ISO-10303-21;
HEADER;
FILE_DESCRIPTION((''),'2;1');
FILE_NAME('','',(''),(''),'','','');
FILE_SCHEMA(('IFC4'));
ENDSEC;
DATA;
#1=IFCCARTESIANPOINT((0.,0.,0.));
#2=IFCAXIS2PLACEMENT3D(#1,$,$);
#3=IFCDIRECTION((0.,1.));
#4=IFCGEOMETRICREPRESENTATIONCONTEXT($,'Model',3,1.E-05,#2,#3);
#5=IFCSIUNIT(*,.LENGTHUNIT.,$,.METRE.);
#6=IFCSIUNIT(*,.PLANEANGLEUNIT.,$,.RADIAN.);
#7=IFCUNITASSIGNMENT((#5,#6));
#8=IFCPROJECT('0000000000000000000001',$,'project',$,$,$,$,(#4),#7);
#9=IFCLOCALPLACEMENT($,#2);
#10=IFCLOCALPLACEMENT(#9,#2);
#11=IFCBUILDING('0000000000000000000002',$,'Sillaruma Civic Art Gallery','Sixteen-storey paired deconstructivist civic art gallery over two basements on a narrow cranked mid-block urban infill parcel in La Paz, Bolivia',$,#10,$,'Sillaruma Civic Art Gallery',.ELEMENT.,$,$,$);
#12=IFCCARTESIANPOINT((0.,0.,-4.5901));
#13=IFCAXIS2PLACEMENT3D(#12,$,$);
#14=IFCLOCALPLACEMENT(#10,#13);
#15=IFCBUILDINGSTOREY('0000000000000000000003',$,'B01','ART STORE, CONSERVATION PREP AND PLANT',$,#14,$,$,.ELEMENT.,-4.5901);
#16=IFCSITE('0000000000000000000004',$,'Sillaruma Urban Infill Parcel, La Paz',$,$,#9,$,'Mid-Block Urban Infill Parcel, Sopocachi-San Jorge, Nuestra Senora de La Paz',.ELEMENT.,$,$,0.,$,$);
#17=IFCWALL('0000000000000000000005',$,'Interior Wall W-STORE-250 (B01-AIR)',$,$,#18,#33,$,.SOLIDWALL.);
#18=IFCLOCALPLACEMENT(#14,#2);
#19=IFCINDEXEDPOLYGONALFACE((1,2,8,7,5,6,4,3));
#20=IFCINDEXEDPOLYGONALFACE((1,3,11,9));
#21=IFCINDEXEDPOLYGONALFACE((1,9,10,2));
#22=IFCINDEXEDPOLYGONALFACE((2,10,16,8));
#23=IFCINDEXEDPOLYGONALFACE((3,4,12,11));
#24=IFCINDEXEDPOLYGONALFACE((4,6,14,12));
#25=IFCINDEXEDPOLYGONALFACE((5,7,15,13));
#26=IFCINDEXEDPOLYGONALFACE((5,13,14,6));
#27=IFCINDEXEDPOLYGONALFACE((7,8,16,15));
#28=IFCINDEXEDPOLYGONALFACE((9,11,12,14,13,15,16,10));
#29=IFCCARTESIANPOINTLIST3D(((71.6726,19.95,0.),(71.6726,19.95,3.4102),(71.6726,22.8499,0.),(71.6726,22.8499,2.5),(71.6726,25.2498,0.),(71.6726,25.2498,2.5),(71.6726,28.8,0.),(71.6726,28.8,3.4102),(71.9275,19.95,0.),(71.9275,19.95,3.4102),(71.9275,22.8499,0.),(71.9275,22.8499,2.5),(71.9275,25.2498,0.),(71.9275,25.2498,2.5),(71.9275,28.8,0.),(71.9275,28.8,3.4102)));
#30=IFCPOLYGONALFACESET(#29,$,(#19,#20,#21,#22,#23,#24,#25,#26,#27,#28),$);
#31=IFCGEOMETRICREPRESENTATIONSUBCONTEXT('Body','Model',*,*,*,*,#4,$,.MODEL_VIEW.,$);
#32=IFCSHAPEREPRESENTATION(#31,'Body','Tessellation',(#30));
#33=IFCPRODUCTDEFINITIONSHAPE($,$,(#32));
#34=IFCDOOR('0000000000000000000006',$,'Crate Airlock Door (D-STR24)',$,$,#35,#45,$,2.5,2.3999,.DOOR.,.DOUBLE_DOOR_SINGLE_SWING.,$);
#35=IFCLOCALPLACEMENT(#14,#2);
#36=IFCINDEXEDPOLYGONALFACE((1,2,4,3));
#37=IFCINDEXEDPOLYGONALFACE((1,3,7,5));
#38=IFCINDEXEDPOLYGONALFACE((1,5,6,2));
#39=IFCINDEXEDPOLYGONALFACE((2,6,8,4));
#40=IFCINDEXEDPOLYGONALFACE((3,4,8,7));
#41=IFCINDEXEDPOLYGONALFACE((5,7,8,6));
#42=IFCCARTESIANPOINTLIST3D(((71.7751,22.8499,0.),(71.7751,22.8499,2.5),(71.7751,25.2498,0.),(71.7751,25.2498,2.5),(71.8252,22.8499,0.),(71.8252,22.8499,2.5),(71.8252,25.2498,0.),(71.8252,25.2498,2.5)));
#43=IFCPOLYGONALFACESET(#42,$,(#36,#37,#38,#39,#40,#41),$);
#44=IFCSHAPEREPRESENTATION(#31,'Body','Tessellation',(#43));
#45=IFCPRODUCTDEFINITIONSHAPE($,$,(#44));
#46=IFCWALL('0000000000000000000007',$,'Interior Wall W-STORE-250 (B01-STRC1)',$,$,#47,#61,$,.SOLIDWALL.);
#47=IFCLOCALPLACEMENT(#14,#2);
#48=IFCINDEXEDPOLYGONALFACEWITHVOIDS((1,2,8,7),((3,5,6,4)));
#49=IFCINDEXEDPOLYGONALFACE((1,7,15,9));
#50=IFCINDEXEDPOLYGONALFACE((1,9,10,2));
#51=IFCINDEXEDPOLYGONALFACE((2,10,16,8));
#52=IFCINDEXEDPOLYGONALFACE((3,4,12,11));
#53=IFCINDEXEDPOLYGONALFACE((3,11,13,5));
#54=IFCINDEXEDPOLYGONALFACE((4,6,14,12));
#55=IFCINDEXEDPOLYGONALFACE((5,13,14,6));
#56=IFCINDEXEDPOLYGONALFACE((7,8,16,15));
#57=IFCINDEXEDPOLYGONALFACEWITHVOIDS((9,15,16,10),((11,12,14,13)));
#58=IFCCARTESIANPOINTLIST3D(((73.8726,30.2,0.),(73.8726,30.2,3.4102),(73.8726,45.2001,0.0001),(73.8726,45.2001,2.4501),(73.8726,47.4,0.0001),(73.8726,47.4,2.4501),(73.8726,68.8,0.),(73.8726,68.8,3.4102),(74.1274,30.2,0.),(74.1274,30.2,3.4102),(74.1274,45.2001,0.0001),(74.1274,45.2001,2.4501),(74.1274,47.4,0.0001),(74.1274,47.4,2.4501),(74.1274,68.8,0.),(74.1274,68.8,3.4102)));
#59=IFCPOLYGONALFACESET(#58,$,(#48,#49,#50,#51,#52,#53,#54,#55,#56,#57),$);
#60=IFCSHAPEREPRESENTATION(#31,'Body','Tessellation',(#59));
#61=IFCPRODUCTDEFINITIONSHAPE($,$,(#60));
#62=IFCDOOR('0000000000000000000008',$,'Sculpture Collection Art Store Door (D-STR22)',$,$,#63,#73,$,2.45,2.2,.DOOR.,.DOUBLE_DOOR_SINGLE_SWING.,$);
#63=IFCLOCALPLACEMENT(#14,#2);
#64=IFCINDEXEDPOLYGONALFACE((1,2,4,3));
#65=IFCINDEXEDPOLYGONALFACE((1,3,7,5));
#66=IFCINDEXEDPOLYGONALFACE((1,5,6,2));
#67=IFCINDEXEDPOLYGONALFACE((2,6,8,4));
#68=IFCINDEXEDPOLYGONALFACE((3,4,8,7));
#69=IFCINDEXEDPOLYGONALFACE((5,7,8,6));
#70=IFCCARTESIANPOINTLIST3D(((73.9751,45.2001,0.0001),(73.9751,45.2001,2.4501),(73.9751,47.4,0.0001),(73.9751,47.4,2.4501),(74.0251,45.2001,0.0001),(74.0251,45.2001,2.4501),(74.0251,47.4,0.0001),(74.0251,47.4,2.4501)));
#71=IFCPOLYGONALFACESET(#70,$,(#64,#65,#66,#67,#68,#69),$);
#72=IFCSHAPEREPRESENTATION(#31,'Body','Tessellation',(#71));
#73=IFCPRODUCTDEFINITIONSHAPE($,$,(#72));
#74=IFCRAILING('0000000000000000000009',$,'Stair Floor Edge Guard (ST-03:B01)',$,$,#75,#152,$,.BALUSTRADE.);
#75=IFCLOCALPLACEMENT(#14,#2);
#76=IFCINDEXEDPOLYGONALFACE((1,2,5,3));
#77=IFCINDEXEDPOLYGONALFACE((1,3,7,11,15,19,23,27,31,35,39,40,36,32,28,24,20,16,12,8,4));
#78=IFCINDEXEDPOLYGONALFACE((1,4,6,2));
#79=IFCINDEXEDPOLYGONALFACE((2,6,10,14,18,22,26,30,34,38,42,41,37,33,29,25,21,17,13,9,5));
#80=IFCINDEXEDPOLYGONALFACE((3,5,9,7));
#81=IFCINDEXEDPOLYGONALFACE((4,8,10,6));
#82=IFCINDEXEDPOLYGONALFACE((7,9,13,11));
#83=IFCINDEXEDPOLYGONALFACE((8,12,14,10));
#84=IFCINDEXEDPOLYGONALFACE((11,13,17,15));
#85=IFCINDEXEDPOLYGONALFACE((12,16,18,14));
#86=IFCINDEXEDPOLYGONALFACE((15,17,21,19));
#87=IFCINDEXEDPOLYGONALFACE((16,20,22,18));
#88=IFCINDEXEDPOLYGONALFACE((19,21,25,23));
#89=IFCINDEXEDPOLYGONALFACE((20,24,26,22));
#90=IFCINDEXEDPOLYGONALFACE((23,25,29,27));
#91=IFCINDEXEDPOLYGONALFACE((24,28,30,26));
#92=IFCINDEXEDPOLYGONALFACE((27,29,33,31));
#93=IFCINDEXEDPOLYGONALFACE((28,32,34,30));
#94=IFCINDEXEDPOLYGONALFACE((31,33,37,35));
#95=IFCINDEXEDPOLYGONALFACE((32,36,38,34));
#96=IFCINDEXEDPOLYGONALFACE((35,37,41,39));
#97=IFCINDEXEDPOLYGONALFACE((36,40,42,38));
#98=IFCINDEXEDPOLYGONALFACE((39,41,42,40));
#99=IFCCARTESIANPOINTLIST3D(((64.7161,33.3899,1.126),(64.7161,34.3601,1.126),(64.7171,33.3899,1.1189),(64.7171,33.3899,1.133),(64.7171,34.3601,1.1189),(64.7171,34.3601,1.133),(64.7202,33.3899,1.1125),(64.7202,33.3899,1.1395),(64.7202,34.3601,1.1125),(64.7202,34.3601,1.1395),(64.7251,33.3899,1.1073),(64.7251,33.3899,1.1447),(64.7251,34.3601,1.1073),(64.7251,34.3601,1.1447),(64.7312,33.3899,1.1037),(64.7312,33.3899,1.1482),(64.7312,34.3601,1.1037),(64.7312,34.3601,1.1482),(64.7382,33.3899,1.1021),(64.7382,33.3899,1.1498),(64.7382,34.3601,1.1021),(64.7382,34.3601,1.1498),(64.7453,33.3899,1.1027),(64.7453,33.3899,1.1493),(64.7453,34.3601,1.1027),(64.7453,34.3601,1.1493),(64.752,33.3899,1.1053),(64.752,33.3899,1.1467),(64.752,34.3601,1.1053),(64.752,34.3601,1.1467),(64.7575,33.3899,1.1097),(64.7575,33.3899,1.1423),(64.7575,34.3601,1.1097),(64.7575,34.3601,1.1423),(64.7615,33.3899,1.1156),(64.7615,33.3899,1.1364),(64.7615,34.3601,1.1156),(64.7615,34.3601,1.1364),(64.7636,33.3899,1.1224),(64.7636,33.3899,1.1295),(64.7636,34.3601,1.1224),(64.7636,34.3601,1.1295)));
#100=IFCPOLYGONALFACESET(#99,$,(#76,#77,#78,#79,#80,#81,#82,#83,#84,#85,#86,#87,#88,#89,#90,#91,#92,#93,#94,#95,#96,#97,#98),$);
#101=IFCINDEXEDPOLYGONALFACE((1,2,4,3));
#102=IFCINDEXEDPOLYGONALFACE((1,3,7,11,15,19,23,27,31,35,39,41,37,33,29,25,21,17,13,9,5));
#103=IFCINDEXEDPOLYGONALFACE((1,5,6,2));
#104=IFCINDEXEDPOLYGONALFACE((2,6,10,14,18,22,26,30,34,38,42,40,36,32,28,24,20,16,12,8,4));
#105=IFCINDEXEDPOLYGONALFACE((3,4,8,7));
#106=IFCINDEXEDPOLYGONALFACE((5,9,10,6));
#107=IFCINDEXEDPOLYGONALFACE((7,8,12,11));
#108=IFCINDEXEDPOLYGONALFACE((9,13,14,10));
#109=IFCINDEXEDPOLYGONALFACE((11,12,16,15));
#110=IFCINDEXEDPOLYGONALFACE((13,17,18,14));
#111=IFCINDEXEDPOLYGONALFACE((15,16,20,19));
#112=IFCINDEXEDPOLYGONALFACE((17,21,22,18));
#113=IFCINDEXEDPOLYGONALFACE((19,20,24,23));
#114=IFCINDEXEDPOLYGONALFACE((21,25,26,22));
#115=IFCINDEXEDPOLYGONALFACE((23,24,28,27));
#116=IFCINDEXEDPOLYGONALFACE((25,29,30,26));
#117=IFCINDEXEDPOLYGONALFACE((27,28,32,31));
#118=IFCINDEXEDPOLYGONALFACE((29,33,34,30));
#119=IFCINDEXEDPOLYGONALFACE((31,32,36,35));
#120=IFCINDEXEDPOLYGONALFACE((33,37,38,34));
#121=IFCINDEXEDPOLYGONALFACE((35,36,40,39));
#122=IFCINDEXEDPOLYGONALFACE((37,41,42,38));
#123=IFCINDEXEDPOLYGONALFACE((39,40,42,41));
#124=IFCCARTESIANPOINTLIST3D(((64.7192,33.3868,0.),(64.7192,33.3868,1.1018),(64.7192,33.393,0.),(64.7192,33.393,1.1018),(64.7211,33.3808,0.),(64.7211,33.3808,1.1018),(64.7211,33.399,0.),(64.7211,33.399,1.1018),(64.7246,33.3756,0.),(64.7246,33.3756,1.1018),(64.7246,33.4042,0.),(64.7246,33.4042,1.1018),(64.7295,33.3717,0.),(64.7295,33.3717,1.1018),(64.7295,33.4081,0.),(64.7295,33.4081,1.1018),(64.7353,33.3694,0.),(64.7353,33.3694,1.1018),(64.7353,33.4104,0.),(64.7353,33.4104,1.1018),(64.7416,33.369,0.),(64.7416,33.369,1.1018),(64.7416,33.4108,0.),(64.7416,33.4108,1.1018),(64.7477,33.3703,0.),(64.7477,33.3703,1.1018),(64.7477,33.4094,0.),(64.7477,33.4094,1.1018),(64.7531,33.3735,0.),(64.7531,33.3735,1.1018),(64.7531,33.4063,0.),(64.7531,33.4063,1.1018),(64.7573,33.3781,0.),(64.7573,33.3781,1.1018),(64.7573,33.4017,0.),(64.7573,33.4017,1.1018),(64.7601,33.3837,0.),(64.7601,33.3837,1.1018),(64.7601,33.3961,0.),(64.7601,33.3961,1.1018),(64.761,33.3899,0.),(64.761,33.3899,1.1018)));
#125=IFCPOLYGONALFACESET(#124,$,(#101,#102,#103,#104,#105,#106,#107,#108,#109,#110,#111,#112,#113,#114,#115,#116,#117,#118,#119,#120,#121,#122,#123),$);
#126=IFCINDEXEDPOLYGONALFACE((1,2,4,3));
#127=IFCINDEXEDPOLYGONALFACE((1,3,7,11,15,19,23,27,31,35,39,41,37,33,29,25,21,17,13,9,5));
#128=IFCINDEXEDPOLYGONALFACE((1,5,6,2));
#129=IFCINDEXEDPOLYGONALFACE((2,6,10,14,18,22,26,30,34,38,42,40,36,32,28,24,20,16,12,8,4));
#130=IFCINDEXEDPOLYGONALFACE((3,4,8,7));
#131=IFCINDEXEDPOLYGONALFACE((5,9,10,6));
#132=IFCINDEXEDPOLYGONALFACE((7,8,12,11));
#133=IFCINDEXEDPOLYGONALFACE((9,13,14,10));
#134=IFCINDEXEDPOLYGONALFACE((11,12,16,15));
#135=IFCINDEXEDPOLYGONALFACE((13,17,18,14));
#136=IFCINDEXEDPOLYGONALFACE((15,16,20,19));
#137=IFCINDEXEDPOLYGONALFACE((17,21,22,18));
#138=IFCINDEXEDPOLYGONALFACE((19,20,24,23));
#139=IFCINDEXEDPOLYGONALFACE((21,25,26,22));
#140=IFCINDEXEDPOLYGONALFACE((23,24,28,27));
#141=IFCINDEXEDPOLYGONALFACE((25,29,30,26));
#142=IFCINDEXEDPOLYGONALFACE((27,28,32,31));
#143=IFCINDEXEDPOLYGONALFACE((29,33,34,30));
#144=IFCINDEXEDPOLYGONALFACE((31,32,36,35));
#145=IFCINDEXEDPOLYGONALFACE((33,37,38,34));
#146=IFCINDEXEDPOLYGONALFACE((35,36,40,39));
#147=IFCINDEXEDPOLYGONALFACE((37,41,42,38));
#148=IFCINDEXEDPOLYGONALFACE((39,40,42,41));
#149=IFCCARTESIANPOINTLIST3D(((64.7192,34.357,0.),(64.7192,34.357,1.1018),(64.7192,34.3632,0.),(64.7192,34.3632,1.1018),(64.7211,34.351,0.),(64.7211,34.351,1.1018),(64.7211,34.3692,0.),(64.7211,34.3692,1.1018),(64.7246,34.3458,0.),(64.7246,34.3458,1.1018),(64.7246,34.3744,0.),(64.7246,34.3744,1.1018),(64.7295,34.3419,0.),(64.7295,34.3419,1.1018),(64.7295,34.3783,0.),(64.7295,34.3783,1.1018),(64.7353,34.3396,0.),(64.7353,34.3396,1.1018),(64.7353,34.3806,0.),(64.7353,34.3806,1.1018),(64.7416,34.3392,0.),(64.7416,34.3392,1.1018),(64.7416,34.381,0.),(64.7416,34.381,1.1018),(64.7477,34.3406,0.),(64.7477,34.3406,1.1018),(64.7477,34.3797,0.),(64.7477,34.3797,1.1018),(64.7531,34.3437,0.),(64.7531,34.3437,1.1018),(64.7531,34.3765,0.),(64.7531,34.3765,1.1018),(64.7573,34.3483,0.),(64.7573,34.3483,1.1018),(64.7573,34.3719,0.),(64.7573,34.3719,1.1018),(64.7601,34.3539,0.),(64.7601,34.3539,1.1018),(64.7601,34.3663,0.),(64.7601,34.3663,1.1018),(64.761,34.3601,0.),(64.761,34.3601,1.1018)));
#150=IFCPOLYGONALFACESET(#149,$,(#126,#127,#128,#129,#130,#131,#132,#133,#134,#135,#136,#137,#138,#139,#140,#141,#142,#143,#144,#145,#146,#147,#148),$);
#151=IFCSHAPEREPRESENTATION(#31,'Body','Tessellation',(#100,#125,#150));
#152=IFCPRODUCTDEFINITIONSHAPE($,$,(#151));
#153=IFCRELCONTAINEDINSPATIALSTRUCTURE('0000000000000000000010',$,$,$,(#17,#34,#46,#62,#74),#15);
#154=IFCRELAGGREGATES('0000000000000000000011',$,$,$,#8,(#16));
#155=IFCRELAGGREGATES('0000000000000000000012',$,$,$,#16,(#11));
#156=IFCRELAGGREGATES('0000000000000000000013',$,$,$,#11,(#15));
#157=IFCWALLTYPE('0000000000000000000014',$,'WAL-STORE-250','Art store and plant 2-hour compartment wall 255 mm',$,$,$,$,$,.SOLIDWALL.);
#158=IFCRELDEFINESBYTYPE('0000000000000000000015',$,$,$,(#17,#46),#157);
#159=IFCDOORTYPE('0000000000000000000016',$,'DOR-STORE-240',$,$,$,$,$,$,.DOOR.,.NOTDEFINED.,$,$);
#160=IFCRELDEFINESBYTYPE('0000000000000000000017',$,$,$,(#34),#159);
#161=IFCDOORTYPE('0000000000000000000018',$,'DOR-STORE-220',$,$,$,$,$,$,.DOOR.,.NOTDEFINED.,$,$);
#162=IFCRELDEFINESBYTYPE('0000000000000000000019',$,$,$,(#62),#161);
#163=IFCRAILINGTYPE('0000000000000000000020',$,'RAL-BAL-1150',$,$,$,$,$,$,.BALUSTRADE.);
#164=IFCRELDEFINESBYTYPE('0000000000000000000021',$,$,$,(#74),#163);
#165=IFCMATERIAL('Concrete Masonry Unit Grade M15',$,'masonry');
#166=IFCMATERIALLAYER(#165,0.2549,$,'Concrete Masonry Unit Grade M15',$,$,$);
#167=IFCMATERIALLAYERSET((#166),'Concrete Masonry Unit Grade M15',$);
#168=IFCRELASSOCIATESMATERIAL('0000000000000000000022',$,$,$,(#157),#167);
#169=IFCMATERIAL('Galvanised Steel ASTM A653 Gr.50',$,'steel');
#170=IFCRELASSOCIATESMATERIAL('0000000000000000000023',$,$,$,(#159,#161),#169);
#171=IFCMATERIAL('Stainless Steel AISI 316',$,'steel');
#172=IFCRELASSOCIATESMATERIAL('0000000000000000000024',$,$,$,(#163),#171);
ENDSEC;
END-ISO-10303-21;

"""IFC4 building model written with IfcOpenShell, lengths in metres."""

from ifc_helpers import new_model, si_unit, direction, frame, frame_2d, origin, origin_2d, place, context, subcontext, project, spatial, rectangle, circle, extrude, material, layer, layer_set, type_object, element, fill, save


model = new_model("IFC4")

# Units and contexts
model_context = context("Model", 3, precision=1e-05, world=origin(), true_north=direction((0.0, 1.0)))
body_context = subcontext(model_context, "Body", "Model", "MODEL_VIEW")
ifc_project = project(units=[si_unit("LENGTHUNIT", "METRE"), si_unit("PLANEANGLEUNIT", "RADIAN")], contexts=[model_context])

# Site, building, storey
site_placement = place(None, origin())
site = spatial("IfcSite", under=ifc_project, at=site_placement, Name="Sillaruma Urban Infill Parcel, La Paz", LongName="Mid-Block Urban Infill Parcel, Sopocachi-San Jorge, Nuestra Senora de La Paz", CompositionType="ELEMENT", RefElevation=0.0)
building_placement = place(site_placement, origin())
building = spatial("IfcBuilding", under=site, at=building_placement, Name="Sillaruma Civic Art Gallery", Description="Sixteen-storey paired deconstructivist civic art gallery over two basements on a narrow cranked mid-block urban infill parcel in La Paz, Bolivia", LongName="Sillaruma Civic Art Gallery", CompositionType="ELEMENT")
storey_placement = place(building_placement, frame((0.0, 0.0, -4.5901)))
storey = spatial("IfcBuildingStorey", under=building, at=storey_placement, Name="B01", Description="ART STORE, CONSERVATION PREP AND PLANT", CompositionType="ELEMENT", Elevation=-4.5901)

# Walls, openings, doors
ifc_material_1 = material(Name="Galvanised Steel ASTM A653 Gr.50", Category="steel")
ifc_material_2 = material(Name="Concrete Masonry Unit Grade M15", Category="masonry")
ifc_layer_1 = layer(ifc_material_2, 0.2549, Name="Concrete Masonry Unit Grade M15")
ifc_layer_set_1 = layer_set([ifc_layer_1], Name="Concrete Masonry Unit Grade M15")
wall_type_1 = type_object("IfcWallType", Name="WAL-STORE-250", Description="Art store and plant 2-hour compartment wall 255 mm", PredefinedType="SOLIDWALL", material=ifc_layer_set_1)
wall_1_placement = place(storey_placement, frame((71.8, 19.95, 0.0), z_axis=(0.0, 0.0, 1.0), x_axis=(0.0, 1.0, 0.0)))
wall_1 = element("IfcWall", 1, at=wall_1_placement, inside=storey, type_object=wall_type_1, Name="Interior Wall W-STORE-250 (B01-AIR)", PredefinedType="SOLIDWALL", context=body_context, shape_type="SweptSolid", body=[
    extrude(rectangle(XDim=8.8501, YDim=0.2549, at=frame_2d((4.425, 0.0))), origin(), (0.0, 0.0, 1.0), 3.4102),
])
opening_1_placement = place(wall_1_placement, frame((2.8999, 0.0, 0.0)))
opening_1 = element("IfcOpeningElement", 2, at=opening_1_placement, cuts=wall_1, PredefinedType="OPENING", context=body_context, shape_type="SweptSolid", body=[
    extrude(rectangle(XDim=2.3999, YDim=2.5, at=frame_2d((1.2, 1.25))), frame((0.0, 0.1375, 0.0), z_axis=(0.0, -1.0, 0.0), x_axis=(1.0, 0.0, 0.0)), (0.0, 0.0, 1.0), 0.2749),
])
door_type_1 = type_object("IfcDoorType", Name="DOR-STORE-240", OperationType="NOTDEFINED", PredefinedType="DOOR", material=ifc_material_1)
door_1_placement = place(opening_1_placement, origin())
door_1 = element("IfcDoor", 3, at=door_1_placement, inside=storey, type_object=door_type_1, Name="Crate Airlock Door (D-STR24)", OperationType="DOUBLE_DOOR_SINGLE_SWING", OverallHeight=2.5, OverallWidth=2.3999, PredefinedType="DOOR", context=body_context, shape_type="SweptSolid", body=[
    extrude(rectangle(XDim=2.3999, YDim=2.5, at=frame_2d((1.2, 1.25))), frame((0.0, 0.0249, 0.0), z_axis=(0.0, -1.0, 0.0), x_axis=(1.0, 0.0, 0.0)), (0.0, 0.0, 1.0), 0.05),
])
fill(opening_1, door_1)
wall_2_placement = place(storey_placement, frame((74.0, 30.2, 0.0), z_axis=(0.0, 0.0, 1.0), x_axis=(0.0, 1.0, 0.0)))
wall_2 = element("IfcWall", 4, at=wall_2_placement, inside=storey, type_object=wall_type_1, Name="Interior Wall W-STORE-250 (B01-STRC1)", PredefinedType="SOLIDWALL", context=body_context, shape_type="SweptSolid", body=[
    extrude(rectangle(XDim=38.6001, YDim=0.2549, at=frame_2d((19.3, 0.0))), origin(), (0.0, 0.0, 1.0), 3.4102),
])
opening_2_placement = place(wall_2_placement, frame((15.0, 0.0, 0.0)))
opening_2 = element("IfcOpeningElement", 5, at=opening_2_placement, cuts=wall_2, PredefinedType="OPENING", context=body_context, shape_type="SweptSolid", body=[
    extrude(rectangle(XDim=2.2, YDim=2.45, at=frame_2d((1.1001, 1.2251))), frame((0.0, 0.1375, 0.0), z_axis=(0.0, -1.0, 0.0), x_axis=(1.0, 0.0, 0.0)), (0.0, 0.0, 1.0), 0.2749),
])
door_type_2 = type_object("IfcDoorType", Name="DOR-STORE-220", OperationType="NOTDEFINED", PredefinedType="DOOR", material=ifc_material_1)
door_2_placement = place(opening_2_placement, origin())
door_2 = element("IfcDoor", 6, at=door_2_placement, inside=storey, type_object=door_type_2, Name="Sculpture Collection Art Store Door (D-STR22)", OperationType="DOUBLE_DOOR_SINGLE_SWING", OverallHeight=2.45, OverallWidth=2.2, PredefinedType="DOOR", context=body_context, shape_type="SweptSolid", body=[
    extrude(rectangle(XDim=2.2, YDim=2.45, at=frame_2d((1.1001, 1.2251))), frame((0.0, 0.0249, 0.0), z_axis=(0.0, -1.0, 0.0), x_axis=(1.0, 0.0, 0.0)), (0.0, 0.0, 1.0), 0.05),
])
fill(opening_2, door_2)

# Railing
ifc_material_3 = material(Name="Stainless Steel AISI 316", Category="steel")
railing_type_1 = type_object("IfcRailingType", Name="RAL-BAL-1150", PredefinedType="BALUSTRADE", material=ifc_material_3)
railing_1_placement = place(storey_placement, frame((64.74, 33.3899, 0.0)))
element("IfcRailing", 7, at=railing_1_placement, inside=storey, type_object=railing_type_1, Name="Stair Floor Edge Guard (ST-03:B01)", PredefinedType="BALUSTRADE", context=body_context, shape_type="SweptSolid", body=[
    extrude(circle(Radius=0.0239, at=origin_2d()), frame((0.0, 0.0, 1.126), z_axis=(0.0, 1.0, 0.0), x_axis=(-1.0, 0.0, 0.0)), (0.0, 0.0, 1.0), 0.9702),
    extrude(circle(Radius=0.021, at=origin_2d()), origin(), (0.0, 0.0, 1.0), 1.1018),
    extrude(circle(Radius=0.021, at=origin_2d()), frame((0.0, 0.9702, 0.0)), (0.0, 0.0, 1.0), 1.1018),
])

save(model, "model.ifc")
